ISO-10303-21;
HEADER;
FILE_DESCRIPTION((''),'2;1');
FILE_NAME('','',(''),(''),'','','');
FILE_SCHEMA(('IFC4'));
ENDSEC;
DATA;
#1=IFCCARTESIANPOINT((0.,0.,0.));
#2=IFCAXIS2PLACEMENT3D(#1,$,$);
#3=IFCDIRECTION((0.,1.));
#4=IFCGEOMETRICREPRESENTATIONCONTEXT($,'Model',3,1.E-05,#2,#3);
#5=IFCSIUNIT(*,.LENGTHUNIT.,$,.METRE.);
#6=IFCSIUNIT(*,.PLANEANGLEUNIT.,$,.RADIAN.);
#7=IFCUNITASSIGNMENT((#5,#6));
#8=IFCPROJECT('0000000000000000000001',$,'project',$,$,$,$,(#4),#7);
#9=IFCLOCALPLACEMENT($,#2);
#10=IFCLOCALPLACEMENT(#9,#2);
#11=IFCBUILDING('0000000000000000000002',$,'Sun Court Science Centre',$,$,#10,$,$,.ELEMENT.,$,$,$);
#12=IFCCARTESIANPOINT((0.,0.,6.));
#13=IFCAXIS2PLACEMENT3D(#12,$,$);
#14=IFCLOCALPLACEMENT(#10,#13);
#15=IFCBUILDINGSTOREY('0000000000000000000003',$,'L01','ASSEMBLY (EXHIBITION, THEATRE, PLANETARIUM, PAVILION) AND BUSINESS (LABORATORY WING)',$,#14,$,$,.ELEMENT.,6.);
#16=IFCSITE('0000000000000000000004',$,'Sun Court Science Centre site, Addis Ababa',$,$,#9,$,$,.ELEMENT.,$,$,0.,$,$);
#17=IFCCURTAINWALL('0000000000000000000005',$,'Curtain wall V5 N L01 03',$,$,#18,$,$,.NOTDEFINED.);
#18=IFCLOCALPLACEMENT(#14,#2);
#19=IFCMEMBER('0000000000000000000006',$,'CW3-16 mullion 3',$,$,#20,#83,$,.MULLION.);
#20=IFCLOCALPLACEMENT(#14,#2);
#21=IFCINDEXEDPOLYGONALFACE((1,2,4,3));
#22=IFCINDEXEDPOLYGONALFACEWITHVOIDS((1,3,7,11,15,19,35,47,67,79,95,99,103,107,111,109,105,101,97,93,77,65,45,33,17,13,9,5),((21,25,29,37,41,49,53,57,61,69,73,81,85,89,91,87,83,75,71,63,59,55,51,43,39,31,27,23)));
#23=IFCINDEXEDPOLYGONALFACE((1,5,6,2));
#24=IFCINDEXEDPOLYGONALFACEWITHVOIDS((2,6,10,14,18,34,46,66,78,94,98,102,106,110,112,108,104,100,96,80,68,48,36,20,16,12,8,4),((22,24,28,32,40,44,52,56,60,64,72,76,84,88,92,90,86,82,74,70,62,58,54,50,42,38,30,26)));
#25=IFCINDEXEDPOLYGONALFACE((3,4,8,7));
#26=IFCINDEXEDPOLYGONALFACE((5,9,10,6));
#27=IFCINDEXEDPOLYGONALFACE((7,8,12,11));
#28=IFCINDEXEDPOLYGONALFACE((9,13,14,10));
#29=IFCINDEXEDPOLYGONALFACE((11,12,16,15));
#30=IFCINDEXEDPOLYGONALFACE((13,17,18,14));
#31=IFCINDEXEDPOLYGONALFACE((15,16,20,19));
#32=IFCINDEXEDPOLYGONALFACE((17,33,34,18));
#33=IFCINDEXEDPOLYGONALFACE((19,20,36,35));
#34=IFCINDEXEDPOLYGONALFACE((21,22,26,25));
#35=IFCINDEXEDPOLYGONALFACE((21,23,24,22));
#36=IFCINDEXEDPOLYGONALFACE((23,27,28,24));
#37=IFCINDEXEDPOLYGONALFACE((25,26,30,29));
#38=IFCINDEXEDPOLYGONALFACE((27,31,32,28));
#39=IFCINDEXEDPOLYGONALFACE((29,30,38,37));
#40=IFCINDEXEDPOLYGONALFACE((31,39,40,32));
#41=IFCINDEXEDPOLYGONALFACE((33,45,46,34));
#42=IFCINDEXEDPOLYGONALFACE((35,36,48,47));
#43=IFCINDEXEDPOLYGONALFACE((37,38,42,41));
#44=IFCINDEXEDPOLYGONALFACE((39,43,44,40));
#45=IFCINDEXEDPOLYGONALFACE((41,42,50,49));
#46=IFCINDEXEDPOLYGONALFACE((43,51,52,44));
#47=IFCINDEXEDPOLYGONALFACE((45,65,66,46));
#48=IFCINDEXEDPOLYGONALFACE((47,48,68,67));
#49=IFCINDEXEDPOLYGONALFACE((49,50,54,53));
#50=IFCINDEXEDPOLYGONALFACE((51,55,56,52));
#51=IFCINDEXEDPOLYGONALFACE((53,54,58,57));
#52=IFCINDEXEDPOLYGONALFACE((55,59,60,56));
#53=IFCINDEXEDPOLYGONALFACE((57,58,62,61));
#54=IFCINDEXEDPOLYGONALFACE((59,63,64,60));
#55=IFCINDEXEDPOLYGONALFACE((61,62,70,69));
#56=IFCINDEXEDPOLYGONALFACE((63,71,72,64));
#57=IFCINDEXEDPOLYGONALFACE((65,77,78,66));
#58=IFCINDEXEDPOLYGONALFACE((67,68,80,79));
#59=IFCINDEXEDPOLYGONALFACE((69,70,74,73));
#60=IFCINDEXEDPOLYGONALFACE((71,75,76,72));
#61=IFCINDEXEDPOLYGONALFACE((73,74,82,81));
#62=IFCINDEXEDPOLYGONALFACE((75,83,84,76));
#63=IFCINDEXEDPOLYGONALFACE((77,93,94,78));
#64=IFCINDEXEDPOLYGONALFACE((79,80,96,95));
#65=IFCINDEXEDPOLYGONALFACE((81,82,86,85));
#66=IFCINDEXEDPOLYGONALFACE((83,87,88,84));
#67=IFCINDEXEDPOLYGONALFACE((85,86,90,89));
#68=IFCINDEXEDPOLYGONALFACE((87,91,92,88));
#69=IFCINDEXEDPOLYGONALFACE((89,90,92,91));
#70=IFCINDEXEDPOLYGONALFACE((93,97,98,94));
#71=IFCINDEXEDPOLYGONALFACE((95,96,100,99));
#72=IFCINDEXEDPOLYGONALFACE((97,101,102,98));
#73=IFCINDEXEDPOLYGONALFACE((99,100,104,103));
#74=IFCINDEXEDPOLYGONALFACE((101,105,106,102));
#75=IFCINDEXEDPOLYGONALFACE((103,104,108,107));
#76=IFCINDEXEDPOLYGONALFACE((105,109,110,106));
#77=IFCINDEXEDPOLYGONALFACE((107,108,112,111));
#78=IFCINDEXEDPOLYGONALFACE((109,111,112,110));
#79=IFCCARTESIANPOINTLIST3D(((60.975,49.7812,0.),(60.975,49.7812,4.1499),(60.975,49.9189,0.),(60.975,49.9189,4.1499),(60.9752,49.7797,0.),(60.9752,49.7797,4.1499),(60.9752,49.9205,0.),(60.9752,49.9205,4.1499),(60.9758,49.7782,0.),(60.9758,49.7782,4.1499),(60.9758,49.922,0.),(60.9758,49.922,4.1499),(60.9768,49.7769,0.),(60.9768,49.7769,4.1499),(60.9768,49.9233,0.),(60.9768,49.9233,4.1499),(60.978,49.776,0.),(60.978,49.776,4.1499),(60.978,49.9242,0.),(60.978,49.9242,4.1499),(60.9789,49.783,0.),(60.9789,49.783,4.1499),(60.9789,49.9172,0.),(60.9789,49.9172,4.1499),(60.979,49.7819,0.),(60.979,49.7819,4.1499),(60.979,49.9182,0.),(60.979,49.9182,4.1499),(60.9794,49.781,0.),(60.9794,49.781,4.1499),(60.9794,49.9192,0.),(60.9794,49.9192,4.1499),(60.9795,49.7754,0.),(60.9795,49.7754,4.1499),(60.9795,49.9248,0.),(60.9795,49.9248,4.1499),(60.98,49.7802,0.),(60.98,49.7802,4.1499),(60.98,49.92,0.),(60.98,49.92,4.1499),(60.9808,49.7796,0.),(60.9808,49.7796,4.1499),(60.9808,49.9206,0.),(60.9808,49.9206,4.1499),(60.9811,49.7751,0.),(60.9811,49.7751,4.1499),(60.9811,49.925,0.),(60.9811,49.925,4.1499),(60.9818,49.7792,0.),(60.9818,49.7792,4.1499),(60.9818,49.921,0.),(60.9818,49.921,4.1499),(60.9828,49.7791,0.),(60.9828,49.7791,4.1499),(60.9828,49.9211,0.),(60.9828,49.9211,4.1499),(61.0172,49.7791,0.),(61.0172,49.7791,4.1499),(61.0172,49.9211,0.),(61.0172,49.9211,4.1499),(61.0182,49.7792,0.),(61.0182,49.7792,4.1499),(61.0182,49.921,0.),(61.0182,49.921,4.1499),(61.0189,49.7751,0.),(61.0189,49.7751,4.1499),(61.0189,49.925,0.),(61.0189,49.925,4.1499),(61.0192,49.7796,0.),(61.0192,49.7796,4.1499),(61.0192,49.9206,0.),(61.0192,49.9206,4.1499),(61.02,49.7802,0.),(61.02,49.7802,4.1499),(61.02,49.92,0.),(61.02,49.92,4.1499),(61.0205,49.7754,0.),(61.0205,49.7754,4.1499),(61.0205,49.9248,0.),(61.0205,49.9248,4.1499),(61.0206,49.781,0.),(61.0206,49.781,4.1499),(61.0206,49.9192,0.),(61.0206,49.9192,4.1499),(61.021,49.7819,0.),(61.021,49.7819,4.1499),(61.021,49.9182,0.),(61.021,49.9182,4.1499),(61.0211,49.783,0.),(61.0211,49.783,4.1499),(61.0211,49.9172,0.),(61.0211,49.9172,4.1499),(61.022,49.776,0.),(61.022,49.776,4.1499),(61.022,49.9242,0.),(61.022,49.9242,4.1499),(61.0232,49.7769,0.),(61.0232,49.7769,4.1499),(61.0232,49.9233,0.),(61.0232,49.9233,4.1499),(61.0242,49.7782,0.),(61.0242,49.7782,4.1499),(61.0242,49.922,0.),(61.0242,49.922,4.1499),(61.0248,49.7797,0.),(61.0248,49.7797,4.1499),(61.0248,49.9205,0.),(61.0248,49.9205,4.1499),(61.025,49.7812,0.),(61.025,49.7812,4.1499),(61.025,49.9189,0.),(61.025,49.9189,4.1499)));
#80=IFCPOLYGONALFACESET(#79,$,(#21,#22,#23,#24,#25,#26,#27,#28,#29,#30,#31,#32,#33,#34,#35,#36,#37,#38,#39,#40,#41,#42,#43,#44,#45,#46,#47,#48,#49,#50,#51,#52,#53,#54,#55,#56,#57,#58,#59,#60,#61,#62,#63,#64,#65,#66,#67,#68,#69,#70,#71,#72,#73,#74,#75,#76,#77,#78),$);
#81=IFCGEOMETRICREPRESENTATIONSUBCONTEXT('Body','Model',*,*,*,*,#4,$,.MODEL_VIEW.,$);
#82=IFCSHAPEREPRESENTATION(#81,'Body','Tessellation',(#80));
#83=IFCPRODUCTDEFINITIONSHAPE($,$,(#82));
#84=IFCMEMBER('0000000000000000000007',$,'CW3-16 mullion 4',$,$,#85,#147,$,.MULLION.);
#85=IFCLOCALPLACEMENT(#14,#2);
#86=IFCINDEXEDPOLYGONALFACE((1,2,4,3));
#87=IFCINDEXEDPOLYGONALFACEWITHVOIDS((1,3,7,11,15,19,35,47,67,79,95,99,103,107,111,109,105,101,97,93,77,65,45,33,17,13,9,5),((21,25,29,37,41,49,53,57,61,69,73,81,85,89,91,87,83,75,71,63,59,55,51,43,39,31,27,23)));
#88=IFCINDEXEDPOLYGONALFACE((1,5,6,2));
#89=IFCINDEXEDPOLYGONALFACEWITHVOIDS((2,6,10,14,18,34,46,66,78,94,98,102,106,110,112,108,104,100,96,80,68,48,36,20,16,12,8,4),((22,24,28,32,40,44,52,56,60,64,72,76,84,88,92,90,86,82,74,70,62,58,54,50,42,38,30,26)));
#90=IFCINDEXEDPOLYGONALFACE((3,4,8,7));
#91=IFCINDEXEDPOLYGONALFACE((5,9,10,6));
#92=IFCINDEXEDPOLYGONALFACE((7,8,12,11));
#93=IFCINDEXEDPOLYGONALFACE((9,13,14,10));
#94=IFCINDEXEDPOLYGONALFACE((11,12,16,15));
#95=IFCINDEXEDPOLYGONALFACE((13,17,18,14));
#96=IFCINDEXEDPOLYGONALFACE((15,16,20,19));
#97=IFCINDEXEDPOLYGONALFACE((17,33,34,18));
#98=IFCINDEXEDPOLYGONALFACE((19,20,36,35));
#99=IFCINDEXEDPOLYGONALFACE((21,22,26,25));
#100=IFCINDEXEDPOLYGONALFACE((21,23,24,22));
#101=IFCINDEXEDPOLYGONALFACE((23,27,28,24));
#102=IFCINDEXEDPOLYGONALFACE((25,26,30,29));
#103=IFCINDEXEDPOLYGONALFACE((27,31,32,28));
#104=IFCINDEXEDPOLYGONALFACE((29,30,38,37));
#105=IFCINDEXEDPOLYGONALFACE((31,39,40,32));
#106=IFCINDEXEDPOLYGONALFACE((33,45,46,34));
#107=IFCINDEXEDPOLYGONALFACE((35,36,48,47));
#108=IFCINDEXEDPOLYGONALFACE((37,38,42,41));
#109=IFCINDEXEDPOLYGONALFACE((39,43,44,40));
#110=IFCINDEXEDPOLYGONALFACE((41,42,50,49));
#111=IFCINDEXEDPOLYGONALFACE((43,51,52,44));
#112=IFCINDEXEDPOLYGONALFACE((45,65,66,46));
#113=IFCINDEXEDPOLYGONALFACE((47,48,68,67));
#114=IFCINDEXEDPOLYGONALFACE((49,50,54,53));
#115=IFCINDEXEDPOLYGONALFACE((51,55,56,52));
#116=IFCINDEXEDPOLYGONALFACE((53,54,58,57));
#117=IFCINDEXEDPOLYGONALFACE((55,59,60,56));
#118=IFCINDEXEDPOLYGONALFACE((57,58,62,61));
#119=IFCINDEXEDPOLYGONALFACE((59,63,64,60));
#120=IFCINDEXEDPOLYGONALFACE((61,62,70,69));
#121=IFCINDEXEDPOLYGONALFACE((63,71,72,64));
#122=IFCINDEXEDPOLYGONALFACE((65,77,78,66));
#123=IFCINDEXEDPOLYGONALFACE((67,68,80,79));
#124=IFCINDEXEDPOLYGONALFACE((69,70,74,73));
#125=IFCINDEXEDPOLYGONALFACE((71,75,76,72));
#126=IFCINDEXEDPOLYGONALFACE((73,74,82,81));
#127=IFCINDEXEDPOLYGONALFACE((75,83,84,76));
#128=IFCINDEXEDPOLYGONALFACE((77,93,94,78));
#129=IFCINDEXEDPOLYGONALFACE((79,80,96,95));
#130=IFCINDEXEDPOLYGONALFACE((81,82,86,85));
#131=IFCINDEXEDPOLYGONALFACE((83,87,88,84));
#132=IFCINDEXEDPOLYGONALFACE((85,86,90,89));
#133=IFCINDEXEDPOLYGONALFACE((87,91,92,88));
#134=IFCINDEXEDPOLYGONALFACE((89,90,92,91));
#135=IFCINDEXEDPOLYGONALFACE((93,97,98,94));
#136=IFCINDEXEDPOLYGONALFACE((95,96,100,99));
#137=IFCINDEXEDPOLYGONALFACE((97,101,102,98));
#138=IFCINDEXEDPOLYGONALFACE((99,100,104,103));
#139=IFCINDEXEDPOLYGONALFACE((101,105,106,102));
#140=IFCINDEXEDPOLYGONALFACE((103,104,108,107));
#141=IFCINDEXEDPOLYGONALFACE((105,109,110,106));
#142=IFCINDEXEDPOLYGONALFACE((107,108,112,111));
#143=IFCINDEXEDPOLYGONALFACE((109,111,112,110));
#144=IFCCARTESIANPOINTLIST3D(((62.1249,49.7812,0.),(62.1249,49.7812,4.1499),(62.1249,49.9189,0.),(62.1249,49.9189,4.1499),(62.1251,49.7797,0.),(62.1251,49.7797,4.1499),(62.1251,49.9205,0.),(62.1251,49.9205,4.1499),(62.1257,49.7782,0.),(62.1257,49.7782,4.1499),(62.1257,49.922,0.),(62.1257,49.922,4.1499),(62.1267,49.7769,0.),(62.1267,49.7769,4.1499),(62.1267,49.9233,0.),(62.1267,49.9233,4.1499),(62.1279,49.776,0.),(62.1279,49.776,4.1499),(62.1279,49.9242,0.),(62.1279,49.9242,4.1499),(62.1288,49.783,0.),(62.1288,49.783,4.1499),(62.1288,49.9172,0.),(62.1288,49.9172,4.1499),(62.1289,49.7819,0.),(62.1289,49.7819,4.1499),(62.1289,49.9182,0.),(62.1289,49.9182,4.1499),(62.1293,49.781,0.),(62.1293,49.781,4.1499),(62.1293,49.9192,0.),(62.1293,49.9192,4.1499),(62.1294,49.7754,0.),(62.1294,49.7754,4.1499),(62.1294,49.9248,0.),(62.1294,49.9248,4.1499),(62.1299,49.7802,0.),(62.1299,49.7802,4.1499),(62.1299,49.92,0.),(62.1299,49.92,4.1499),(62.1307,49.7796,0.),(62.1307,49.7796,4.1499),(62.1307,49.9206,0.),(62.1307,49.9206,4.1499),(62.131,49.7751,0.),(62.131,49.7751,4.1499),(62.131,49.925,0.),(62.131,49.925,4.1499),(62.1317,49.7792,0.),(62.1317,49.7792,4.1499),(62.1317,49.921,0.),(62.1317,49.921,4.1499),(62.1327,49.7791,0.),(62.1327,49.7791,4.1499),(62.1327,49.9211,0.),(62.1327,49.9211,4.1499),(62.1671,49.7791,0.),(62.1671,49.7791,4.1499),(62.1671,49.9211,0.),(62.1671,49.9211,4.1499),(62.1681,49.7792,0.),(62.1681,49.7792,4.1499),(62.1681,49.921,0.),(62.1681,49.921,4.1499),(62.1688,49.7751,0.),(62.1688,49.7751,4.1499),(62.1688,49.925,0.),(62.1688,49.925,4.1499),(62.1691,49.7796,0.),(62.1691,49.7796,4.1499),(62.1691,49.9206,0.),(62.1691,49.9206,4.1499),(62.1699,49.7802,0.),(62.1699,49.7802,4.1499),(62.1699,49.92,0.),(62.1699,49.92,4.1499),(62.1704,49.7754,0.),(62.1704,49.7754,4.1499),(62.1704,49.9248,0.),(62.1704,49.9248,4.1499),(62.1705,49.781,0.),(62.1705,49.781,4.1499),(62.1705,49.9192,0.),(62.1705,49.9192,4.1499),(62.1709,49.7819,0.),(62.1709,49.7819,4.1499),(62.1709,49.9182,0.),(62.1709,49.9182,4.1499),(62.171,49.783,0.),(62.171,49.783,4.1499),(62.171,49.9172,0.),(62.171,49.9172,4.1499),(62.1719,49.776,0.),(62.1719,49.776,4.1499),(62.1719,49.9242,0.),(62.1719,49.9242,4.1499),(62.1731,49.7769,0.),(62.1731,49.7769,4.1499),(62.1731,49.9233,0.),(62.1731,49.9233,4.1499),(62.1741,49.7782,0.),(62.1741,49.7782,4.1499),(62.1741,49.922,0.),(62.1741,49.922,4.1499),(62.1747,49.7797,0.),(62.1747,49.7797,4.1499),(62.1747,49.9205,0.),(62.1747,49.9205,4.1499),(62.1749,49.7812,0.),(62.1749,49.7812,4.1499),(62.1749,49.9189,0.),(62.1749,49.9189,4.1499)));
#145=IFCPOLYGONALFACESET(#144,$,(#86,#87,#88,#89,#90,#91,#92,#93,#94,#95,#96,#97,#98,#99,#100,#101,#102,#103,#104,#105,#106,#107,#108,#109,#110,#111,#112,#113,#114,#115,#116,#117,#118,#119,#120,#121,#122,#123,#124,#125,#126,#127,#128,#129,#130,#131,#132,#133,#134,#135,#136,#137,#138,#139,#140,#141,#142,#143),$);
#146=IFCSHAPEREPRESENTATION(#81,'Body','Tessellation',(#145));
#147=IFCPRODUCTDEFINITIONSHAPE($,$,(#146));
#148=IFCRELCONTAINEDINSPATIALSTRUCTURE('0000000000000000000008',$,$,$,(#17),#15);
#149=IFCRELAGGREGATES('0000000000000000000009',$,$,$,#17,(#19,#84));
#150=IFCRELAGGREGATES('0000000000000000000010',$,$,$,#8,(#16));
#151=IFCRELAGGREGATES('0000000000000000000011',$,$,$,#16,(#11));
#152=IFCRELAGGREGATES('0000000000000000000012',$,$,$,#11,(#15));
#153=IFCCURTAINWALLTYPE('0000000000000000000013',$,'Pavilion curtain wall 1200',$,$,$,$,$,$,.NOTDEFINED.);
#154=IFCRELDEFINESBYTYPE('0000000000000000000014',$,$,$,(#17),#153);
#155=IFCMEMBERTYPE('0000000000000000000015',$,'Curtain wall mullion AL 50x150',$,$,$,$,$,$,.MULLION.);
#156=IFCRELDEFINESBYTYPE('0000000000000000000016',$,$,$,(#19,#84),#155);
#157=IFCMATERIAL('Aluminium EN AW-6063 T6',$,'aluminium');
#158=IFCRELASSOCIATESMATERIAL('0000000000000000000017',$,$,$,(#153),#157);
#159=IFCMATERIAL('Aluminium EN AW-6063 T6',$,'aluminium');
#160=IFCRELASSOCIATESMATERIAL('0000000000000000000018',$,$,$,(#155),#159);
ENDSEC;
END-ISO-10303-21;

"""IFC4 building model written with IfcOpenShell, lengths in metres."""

from ifc_helpers import new_model, si_unit, direction, frame, origin, origin_2d, place, context, subcontext, project, spatial, hollow_rectangle, extrude, material, material_profile, profile_set, type_object, element, aggregate, save


model = new_model("IFC4")

# Units and contexts
model_context = context("Model", 3, precision=1e-05, world=origin(), true_north=direction((0.0, 1.0)))
body_context = subcontext(model_context, "Body", "Model", "MODEL_VIEW")
ifc_project = project(units=[si_unit("LENGTHUNIT", "METRE"), si_unit("PLANEANGLEUNIT", "RADIAN")], contexts=[model_context])

# Site, building, storey
site_placement = place(None, origin())
site = spatial("IfcSite", under=ifc_project, at=site_placement, Name="Sun Court Science Centre site, Addis Ababa", CompositionType="ELEMENT", RefElevation=0.0)
building_placement = place(site_placement, origin())
building = spatial("IfcBuilding", under=site, at=building_placement, Name="Sun Court Science Centre", CompositionType="ELEMENT")
storey_placement = place(building_placement, frame((0.0, 0.0, 6.0)))
storey = spatial("IfcBuildingStorey", under=building, at=storey_placement, Name="L01", Description="ASSEMBLY (EXHIBITION, THEATRE, PLANETARIUM, PAVILION) AND BUSINESS (LABORATORY WING)", CompositionType="ELEMENT", Elevation=6.0)

# Curtain wall, members
ifc_material_1 = material(Name="Aluminium EN AW-6063 T6", Category="aluminium")
curtain_wall_type = type_object("IfcCurtainWallType", Name="Pavilion curtain wall 1200", PredefinedType="NOTDEFINED", material=ifc_material_1)
curtain_wall_placement = place(storey_placement, origin())
curtain_wall = element("IfcCurtainWall", 1, at=curtain_wall_placement, inside=storey, type_object=curtain_wall_type, Name="Curtain wall V5 N L01 03", PredefinedType="NOTDEFINED")
ifc_material_2 = material(Name="Aluminium EN AW-6063 T6", Category="aluminium")
ifc_material_profile_1 = material_profile(ifc_material_2, hollow_rectangle(XDim=0.05, YDim=0.1499, WallThickness=0.0039, InnerFilletRadius=0.0039, OuterFilletRadius=0.0061, at=origin_2d()), Name="AL 50x150x4")
ifc_profile_set_1 = profile_set([ifc_material_profile_1], Name="Aluminium EN AW-6063 T6")
member_type_1 = type_object("IfcMemberType", Name="Curtain wall mullion AL 50x150", PredefinedType="MULLION", material=ifc_profile_set_1)
member_1_placement = place(storey_placement, frame((61.0, 49.8501, 0.0), z_axis=(0.0, 0.0, 1.0), x_axis=(1.0, 0.0, 0.0)))
member_1 = element("IfcMember", 2, at=member_1_placement, type_object=member_type_1, Name="CW3-16 mullion 3", PredefinedType="MULLION", context=body_context, shape_type="SweptSolid", body=[
    extrude(hollow_rectangle(XDim=0.05, YDim=0.1499, WallThickness=0.0039, InnerFilletRadius=0.0039, OuterFilletRadius=0.0061, at=origin_2d()), origin(), (0.0, 0.0, 1.0), 4.1499),
])
member_2_placement = place(storey_placement, frame((62.1499, 49.8501, 0.0), z_axis=(0.0, 0.0, 1.0), x_axis=(1.0, 0.0, 0.0)))
member_2 = element("IfcMember", 3, at=member_2_placement, type_object=member_type_1, Name="CW3-16 mullion 4", PredefinedType="MULLION", context=body_context, shape_type="SweptSolid", body=[
    extrude(hollow_rectangle(XDim=0.05, YDim=0.1499, WallThickness=0.0039, InnerFilletRadius=0.0039, OuterFilletRadius=0.0061, at=origin_2d()), origin(), (0.0, 0.0, 1.0), 4.1499),
])
aggregate(curtain_wall, [member_1, member_2])

save(model, "model.ifc")
